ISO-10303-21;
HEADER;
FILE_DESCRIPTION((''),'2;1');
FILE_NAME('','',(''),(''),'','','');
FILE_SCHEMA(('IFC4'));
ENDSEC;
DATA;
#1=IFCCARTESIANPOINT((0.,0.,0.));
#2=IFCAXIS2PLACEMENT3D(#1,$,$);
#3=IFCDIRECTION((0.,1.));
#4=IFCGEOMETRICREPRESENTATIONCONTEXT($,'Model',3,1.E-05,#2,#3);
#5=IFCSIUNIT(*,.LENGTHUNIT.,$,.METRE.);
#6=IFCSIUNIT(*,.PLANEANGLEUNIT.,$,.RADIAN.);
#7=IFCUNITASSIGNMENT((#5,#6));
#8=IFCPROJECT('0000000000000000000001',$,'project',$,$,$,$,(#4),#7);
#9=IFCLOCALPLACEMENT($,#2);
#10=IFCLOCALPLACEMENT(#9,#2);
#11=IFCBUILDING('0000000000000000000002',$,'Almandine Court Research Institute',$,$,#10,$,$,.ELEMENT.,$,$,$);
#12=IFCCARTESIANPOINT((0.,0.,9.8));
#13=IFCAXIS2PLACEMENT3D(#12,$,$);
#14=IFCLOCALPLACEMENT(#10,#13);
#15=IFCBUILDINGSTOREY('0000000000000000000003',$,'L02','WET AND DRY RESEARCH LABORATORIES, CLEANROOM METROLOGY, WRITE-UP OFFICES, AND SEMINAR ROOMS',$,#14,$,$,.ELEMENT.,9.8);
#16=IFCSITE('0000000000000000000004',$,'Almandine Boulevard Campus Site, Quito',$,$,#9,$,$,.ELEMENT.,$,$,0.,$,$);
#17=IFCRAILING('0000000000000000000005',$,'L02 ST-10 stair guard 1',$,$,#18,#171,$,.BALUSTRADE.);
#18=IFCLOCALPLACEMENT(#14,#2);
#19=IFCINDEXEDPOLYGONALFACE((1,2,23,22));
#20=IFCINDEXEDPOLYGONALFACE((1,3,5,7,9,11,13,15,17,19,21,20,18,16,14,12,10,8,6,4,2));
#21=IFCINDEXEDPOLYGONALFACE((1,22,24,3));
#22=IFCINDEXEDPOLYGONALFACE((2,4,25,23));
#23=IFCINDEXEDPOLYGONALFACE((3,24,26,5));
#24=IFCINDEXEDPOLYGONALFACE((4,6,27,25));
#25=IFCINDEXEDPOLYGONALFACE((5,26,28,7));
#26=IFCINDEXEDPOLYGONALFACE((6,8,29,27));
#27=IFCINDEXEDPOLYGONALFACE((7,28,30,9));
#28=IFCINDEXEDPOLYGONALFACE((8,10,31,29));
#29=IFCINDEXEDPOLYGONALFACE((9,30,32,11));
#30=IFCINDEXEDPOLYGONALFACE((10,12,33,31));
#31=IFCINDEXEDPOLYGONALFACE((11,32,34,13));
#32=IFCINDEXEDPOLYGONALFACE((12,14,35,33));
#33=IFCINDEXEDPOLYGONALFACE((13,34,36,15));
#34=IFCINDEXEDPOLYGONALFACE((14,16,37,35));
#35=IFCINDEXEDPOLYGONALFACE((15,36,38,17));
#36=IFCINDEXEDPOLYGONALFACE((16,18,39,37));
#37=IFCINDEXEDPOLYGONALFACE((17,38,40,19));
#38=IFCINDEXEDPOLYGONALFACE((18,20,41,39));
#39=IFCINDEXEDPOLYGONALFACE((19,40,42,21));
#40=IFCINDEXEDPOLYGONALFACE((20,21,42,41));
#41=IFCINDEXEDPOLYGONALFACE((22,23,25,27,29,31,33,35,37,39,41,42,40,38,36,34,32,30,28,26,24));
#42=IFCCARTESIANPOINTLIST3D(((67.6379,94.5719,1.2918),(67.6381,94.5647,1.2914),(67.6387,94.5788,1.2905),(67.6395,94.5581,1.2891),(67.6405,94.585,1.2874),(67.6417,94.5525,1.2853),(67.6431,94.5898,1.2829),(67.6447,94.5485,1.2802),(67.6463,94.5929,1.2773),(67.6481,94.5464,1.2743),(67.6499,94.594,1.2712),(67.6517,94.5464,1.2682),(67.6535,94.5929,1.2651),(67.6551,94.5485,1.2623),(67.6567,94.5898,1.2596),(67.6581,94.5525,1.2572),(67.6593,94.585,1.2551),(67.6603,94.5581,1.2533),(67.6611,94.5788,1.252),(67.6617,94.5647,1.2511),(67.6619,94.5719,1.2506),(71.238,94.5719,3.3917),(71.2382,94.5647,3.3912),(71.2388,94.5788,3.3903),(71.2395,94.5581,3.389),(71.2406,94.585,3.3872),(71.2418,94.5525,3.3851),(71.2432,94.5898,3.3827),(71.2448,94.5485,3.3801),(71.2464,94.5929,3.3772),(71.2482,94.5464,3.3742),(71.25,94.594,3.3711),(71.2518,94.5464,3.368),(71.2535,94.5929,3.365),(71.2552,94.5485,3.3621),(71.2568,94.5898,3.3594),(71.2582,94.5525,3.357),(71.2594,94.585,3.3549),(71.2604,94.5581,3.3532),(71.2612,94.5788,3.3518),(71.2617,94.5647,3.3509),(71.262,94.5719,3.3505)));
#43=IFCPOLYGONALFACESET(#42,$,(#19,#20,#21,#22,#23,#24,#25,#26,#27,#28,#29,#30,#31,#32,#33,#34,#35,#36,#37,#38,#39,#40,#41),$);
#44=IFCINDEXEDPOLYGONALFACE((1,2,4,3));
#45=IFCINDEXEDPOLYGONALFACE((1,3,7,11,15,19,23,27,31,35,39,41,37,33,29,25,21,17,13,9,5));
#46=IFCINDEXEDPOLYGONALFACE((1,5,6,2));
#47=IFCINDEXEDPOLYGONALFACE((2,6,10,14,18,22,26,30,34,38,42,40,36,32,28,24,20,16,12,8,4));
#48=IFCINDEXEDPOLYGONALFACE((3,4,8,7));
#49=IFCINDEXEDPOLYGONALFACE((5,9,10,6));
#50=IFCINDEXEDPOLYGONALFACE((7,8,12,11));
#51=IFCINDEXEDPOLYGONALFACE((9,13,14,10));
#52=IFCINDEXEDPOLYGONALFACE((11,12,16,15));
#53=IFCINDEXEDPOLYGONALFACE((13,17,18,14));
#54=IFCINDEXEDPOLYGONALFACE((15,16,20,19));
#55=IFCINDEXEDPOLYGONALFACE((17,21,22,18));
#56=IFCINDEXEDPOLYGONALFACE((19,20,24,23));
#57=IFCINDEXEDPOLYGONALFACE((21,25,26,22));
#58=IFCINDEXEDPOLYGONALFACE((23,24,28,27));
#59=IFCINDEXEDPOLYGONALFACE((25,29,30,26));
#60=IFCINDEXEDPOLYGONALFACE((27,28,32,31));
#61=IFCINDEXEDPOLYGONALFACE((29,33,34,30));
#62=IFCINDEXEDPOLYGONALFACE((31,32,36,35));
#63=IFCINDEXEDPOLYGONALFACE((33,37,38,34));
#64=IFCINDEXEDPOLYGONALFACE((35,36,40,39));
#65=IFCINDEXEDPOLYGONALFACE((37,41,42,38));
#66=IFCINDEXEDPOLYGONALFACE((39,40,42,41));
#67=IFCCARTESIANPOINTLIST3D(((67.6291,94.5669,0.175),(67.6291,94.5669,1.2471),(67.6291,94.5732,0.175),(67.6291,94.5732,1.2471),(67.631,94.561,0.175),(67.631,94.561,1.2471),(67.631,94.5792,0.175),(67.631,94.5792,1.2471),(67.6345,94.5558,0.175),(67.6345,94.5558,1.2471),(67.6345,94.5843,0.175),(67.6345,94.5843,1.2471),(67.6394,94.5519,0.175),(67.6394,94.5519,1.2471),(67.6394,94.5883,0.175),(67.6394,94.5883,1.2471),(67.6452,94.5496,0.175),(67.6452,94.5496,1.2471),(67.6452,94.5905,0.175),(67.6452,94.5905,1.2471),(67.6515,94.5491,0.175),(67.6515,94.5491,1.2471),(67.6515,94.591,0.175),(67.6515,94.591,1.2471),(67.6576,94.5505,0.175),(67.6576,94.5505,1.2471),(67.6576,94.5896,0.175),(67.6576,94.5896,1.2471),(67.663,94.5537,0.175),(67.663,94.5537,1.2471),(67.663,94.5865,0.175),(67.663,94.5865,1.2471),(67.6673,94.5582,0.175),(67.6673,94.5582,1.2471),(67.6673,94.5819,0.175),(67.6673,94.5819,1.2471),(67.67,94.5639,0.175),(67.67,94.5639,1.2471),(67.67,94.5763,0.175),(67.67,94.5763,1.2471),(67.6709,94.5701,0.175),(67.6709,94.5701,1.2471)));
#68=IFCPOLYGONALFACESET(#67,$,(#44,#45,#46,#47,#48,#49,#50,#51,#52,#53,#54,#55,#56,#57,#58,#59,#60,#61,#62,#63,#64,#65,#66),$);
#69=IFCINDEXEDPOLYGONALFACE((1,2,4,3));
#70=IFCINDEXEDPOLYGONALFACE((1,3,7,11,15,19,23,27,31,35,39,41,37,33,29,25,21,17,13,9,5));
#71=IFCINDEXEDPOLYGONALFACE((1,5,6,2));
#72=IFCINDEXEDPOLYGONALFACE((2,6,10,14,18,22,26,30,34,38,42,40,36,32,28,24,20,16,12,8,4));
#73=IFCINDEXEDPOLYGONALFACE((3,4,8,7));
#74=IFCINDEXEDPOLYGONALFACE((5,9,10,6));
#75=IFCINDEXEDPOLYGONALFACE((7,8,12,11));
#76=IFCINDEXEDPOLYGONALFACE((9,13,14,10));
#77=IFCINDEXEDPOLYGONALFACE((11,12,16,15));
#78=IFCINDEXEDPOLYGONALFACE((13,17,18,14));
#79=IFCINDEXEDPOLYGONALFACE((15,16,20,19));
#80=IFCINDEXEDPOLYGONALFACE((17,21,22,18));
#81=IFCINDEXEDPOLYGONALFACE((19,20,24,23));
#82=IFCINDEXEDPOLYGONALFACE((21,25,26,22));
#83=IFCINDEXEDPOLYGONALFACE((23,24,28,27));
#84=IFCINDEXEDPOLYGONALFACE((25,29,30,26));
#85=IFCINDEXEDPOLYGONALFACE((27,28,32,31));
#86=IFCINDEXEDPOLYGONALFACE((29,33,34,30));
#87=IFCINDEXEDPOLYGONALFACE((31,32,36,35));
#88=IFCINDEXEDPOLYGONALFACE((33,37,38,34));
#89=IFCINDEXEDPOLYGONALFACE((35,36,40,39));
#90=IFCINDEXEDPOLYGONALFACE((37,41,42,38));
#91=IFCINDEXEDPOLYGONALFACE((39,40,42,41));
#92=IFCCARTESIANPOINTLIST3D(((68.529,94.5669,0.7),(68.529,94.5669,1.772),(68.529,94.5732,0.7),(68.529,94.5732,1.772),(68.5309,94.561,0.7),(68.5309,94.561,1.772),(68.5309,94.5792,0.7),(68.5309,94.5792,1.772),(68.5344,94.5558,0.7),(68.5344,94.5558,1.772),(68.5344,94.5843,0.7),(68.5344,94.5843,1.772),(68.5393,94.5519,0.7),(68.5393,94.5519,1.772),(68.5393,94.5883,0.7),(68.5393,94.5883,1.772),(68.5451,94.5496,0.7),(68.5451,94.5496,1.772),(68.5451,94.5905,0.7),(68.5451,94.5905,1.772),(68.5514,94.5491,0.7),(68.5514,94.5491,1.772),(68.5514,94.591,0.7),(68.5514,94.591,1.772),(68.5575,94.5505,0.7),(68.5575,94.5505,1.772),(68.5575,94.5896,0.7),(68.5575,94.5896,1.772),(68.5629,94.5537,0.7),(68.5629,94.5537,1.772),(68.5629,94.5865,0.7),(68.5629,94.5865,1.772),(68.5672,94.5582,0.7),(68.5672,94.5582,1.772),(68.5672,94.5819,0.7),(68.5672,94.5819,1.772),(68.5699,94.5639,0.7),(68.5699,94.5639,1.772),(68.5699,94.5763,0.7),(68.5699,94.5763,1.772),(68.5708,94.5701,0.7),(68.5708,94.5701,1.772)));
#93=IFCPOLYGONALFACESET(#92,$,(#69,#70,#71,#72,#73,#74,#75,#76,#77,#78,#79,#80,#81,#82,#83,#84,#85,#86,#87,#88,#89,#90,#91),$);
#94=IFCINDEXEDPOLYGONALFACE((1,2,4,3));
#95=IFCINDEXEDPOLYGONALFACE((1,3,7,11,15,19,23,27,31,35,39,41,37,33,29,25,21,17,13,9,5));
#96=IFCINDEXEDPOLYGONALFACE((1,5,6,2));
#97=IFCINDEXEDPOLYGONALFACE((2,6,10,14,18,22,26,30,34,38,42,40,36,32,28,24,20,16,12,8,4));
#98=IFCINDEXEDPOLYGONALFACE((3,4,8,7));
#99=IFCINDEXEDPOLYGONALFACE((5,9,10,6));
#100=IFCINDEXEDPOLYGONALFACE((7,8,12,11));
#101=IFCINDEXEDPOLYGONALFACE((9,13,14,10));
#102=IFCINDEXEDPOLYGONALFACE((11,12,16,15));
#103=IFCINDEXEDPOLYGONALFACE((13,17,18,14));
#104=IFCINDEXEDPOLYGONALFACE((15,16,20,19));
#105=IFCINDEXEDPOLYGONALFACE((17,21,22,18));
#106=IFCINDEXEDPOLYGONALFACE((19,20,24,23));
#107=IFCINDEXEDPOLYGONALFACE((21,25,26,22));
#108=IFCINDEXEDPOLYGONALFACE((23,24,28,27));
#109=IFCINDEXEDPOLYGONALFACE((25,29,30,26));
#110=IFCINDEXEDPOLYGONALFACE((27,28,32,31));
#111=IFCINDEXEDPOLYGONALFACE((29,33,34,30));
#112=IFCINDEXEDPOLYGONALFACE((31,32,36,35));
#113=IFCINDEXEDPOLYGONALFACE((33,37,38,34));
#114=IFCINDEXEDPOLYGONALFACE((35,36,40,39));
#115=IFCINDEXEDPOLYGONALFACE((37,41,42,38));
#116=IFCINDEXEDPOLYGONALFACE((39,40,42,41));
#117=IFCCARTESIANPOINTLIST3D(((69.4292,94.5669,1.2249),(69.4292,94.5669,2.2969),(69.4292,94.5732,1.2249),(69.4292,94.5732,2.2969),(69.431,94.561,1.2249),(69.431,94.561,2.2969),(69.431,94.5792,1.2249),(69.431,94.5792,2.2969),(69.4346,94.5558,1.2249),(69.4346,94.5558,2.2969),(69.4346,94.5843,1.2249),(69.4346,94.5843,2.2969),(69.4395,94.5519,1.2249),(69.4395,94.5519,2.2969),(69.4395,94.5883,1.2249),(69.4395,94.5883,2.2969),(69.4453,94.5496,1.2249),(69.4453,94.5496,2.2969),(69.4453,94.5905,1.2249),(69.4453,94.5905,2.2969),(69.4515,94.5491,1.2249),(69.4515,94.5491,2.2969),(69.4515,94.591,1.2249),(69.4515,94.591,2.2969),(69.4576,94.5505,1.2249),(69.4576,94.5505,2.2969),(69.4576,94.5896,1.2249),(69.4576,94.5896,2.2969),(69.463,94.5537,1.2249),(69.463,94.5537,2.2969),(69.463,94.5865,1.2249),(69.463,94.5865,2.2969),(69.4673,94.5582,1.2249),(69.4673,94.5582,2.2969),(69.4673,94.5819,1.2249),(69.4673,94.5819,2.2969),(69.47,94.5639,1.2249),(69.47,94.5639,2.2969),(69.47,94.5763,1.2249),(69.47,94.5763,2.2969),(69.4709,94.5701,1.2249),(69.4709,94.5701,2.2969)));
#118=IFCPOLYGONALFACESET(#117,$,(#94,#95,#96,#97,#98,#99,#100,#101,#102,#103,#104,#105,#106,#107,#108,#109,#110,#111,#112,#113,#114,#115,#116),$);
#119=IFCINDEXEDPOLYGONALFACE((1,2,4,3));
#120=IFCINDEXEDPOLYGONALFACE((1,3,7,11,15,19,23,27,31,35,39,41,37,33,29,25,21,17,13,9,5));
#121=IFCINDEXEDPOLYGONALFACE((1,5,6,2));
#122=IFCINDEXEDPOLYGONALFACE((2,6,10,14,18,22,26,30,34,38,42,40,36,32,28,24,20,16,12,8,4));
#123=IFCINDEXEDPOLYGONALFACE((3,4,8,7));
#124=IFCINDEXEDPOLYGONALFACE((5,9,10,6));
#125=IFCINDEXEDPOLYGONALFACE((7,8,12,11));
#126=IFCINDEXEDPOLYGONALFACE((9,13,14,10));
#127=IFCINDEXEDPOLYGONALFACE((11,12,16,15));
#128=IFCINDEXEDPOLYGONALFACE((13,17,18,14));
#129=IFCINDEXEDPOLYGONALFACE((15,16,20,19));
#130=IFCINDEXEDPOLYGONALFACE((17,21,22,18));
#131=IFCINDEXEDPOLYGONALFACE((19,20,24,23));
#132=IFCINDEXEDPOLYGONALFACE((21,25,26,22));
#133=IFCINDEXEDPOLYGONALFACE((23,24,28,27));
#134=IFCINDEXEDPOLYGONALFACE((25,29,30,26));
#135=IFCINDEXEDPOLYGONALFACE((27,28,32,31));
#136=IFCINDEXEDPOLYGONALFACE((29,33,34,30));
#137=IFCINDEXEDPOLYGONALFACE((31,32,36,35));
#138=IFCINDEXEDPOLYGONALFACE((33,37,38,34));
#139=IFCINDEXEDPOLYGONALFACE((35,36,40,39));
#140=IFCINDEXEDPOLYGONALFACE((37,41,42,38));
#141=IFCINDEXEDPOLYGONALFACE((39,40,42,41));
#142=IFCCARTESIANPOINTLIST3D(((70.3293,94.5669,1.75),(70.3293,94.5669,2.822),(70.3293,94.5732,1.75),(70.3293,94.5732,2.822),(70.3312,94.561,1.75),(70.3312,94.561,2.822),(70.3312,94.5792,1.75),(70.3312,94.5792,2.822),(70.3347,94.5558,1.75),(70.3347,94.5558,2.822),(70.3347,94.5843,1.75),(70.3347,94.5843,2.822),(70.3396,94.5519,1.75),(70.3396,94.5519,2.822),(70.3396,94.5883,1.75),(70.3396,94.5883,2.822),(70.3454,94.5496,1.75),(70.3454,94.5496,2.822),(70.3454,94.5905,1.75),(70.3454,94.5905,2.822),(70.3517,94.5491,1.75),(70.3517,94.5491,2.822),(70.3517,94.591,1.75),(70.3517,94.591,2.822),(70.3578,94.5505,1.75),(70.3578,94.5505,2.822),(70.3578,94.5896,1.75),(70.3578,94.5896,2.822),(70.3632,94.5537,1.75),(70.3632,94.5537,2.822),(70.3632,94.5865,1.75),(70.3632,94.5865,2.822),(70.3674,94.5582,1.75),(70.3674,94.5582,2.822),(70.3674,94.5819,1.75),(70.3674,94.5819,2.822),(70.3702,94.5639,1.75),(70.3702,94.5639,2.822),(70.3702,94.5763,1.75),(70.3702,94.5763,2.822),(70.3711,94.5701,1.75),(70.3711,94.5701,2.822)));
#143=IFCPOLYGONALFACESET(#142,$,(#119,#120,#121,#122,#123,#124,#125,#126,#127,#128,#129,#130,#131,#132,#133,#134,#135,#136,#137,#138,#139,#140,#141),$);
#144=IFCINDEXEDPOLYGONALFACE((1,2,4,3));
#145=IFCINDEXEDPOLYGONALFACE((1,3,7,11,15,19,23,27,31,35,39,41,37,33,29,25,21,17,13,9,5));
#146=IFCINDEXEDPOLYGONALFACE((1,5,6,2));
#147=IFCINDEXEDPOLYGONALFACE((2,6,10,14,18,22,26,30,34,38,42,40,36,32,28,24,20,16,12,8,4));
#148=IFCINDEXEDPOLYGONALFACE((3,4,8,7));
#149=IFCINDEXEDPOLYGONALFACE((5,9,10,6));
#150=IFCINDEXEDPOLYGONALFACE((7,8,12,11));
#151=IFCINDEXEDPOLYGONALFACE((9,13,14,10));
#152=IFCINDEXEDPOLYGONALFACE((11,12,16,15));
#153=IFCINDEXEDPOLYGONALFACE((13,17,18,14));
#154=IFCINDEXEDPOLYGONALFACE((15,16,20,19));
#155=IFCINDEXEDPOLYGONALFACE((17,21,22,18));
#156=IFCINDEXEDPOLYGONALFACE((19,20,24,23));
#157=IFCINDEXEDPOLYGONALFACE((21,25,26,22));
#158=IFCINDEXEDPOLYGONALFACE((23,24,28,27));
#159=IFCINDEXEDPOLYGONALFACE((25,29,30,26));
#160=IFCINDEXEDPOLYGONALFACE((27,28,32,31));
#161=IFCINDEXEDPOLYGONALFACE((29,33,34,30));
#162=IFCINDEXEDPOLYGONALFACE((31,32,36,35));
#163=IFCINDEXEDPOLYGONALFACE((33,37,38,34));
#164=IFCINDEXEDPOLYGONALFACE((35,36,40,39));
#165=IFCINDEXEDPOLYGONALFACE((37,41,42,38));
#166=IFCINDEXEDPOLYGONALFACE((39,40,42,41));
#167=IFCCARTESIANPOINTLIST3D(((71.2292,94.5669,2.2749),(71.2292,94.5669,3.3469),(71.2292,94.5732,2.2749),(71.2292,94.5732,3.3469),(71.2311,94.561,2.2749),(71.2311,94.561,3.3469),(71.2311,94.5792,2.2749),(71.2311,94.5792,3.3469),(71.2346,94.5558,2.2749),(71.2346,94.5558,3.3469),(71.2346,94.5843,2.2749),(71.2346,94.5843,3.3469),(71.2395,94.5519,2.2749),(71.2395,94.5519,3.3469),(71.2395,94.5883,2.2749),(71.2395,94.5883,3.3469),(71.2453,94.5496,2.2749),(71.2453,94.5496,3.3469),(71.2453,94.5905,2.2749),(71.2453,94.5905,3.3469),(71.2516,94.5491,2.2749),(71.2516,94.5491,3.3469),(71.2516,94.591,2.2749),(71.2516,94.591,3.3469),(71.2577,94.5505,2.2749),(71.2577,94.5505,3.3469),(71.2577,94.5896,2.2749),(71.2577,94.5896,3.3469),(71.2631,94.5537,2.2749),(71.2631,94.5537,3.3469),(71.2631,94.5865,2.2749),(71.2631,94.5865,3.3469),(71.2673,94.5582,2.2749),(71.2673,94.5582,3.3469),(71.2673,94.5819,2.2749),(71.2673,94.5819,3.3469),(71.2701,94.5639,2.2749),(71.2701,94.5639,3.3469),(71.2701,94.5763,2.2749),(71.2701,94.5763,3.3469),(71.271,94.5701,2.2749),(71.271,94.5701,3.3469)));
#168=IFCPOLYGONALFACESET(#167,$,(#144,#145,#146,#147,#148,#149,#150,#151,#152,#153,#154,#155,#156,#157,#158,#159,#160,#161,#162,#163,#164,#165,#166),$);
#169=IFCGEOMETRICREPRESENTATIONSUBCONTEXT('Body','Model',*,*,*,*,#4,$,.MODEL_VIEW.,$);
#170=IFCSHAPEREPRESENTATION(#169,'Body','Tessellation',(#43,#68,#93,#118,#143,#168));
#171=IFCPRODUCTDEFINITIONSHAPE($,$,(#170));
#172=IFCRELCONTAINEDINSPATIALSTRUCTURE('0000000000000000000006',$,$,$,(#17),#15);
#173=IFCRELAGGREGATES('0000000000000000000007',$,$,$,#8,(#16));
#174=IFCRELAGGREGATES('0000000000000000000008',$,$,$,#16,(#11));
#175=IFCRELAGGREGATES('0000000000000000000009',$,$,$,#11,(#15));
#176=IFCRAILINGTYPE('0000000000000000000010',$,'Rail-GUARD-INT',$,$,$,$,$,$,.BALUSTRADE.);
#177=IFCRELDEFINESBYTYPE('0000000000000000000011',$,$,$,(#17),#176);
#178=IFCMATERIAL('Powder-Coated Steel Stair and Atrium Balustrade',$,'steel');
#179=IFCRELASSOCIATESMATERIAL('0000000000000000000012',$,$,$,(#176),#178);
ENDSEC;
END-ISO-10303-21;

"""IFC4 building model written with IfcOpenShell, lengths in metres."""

from ifc_helpers import new_model, si_unit, direction, frame, origin, origin_2d, place, context, subcontext, project, spatial, circle, extrude, material, type_object, element, save


model = new_model("IFC4")

# Units and contexts
model_context = context("Model", 3, precision=1e-05, world=origin(), true_north=direction((0.0, 1.0)))
body_context = subcontext(model_context, "Body", "Model", "MODEL_VIEW")
ifc_project = project(units=[si_unit("LENGTHUNIT", "METRE"), si_unit("PLANEANGLEUNIT", "RADIAN")], contexts=[model_context])

# Site, building, storey
site_placement = place(None, origin())
site = spatial("IfcSite", under=ifc_project, at=site_placement, Name="Almandine Boulevard Campus Site, Quito", CompositionType="ELEMENT", RefElevation=0.0)
building_placement = place(site_placement, origin())
building = spatial("IfcBuilding", under=site, at=building_placement, Name="Almandine Court Research Institute", CompositionType="ELEMENT")
storey_placement = place(building_placement, frame((0.0, 0.0, 9.8)))
storey = spatial("IfcBuildingStorey", under=building, at=storey_placement, Name="L02", Description="WET AND DRY RESEARCH LABORATORIES, CLEANROOM METROLOGY, WRITE-UP OFFICES, AND SEMINAR ROOMS", CompositionType="ELEMENT", Elevation=9.8)

# Railing
ifc_material_1 = material(Name="Powder-Coated Steel Stair and Atrium Balustrade", Category="steel")
railing_type_1 = type_object("IfcRailingType", Name="Rail-GUARD-INT", PredefinedType="BALUSTRADE", material=ifc_material_1)
railing_1_placement = place(storey_placement, frame((67.6499, 94.5701, 0.175)))
element("IfcRailing", 1, at=railing_1_placement, inside=storey, type_object=railing_type_1, Name="L02 ST-10 stair guard 1", PredefinedType="BALUSTRADE", context=body_context, shape_type="SweptSolid", body=[
    extrude(circle(Radius=0.0239, at=origin_2d()), frame((0.0, 0.0, 1.0962), z_axis=(0.8638, 0.0, 0.503835), x_axis=(0.0, 1.0, 0.0)), (0.0, 0.0, 1.0), 4.1677),
    extrude(circle(Radius=0.021, at=origin_2d()), origin(), (0.0, 0.0, 1.0), 1.072),
    extrude(circle(Radius=0.021, at=origin_2d()), frame((0.8999, 0.0, 0.5249)), (0.0, 0.0, 1.0), 1.072),
    extrude(circle(Radius=0.021, at=origin_2d()), frame((1.8, 0.0, 1.0498)), (0.0, 0.0, 1.0), 1.072),
    extrude(circle(Radius=0.021, at=origin_2d()), frame((2.7002, 0.0, 1.575)), (0.0, 0.0, 1.0), 1.072),
    extrude(circle(Radius=0.021, at=origin_2d()), frame((3.6001, 0.0, 2.0999)), (0.0, 0.0, 1.0), 1.072),
])

save(model, "model.ifc")
